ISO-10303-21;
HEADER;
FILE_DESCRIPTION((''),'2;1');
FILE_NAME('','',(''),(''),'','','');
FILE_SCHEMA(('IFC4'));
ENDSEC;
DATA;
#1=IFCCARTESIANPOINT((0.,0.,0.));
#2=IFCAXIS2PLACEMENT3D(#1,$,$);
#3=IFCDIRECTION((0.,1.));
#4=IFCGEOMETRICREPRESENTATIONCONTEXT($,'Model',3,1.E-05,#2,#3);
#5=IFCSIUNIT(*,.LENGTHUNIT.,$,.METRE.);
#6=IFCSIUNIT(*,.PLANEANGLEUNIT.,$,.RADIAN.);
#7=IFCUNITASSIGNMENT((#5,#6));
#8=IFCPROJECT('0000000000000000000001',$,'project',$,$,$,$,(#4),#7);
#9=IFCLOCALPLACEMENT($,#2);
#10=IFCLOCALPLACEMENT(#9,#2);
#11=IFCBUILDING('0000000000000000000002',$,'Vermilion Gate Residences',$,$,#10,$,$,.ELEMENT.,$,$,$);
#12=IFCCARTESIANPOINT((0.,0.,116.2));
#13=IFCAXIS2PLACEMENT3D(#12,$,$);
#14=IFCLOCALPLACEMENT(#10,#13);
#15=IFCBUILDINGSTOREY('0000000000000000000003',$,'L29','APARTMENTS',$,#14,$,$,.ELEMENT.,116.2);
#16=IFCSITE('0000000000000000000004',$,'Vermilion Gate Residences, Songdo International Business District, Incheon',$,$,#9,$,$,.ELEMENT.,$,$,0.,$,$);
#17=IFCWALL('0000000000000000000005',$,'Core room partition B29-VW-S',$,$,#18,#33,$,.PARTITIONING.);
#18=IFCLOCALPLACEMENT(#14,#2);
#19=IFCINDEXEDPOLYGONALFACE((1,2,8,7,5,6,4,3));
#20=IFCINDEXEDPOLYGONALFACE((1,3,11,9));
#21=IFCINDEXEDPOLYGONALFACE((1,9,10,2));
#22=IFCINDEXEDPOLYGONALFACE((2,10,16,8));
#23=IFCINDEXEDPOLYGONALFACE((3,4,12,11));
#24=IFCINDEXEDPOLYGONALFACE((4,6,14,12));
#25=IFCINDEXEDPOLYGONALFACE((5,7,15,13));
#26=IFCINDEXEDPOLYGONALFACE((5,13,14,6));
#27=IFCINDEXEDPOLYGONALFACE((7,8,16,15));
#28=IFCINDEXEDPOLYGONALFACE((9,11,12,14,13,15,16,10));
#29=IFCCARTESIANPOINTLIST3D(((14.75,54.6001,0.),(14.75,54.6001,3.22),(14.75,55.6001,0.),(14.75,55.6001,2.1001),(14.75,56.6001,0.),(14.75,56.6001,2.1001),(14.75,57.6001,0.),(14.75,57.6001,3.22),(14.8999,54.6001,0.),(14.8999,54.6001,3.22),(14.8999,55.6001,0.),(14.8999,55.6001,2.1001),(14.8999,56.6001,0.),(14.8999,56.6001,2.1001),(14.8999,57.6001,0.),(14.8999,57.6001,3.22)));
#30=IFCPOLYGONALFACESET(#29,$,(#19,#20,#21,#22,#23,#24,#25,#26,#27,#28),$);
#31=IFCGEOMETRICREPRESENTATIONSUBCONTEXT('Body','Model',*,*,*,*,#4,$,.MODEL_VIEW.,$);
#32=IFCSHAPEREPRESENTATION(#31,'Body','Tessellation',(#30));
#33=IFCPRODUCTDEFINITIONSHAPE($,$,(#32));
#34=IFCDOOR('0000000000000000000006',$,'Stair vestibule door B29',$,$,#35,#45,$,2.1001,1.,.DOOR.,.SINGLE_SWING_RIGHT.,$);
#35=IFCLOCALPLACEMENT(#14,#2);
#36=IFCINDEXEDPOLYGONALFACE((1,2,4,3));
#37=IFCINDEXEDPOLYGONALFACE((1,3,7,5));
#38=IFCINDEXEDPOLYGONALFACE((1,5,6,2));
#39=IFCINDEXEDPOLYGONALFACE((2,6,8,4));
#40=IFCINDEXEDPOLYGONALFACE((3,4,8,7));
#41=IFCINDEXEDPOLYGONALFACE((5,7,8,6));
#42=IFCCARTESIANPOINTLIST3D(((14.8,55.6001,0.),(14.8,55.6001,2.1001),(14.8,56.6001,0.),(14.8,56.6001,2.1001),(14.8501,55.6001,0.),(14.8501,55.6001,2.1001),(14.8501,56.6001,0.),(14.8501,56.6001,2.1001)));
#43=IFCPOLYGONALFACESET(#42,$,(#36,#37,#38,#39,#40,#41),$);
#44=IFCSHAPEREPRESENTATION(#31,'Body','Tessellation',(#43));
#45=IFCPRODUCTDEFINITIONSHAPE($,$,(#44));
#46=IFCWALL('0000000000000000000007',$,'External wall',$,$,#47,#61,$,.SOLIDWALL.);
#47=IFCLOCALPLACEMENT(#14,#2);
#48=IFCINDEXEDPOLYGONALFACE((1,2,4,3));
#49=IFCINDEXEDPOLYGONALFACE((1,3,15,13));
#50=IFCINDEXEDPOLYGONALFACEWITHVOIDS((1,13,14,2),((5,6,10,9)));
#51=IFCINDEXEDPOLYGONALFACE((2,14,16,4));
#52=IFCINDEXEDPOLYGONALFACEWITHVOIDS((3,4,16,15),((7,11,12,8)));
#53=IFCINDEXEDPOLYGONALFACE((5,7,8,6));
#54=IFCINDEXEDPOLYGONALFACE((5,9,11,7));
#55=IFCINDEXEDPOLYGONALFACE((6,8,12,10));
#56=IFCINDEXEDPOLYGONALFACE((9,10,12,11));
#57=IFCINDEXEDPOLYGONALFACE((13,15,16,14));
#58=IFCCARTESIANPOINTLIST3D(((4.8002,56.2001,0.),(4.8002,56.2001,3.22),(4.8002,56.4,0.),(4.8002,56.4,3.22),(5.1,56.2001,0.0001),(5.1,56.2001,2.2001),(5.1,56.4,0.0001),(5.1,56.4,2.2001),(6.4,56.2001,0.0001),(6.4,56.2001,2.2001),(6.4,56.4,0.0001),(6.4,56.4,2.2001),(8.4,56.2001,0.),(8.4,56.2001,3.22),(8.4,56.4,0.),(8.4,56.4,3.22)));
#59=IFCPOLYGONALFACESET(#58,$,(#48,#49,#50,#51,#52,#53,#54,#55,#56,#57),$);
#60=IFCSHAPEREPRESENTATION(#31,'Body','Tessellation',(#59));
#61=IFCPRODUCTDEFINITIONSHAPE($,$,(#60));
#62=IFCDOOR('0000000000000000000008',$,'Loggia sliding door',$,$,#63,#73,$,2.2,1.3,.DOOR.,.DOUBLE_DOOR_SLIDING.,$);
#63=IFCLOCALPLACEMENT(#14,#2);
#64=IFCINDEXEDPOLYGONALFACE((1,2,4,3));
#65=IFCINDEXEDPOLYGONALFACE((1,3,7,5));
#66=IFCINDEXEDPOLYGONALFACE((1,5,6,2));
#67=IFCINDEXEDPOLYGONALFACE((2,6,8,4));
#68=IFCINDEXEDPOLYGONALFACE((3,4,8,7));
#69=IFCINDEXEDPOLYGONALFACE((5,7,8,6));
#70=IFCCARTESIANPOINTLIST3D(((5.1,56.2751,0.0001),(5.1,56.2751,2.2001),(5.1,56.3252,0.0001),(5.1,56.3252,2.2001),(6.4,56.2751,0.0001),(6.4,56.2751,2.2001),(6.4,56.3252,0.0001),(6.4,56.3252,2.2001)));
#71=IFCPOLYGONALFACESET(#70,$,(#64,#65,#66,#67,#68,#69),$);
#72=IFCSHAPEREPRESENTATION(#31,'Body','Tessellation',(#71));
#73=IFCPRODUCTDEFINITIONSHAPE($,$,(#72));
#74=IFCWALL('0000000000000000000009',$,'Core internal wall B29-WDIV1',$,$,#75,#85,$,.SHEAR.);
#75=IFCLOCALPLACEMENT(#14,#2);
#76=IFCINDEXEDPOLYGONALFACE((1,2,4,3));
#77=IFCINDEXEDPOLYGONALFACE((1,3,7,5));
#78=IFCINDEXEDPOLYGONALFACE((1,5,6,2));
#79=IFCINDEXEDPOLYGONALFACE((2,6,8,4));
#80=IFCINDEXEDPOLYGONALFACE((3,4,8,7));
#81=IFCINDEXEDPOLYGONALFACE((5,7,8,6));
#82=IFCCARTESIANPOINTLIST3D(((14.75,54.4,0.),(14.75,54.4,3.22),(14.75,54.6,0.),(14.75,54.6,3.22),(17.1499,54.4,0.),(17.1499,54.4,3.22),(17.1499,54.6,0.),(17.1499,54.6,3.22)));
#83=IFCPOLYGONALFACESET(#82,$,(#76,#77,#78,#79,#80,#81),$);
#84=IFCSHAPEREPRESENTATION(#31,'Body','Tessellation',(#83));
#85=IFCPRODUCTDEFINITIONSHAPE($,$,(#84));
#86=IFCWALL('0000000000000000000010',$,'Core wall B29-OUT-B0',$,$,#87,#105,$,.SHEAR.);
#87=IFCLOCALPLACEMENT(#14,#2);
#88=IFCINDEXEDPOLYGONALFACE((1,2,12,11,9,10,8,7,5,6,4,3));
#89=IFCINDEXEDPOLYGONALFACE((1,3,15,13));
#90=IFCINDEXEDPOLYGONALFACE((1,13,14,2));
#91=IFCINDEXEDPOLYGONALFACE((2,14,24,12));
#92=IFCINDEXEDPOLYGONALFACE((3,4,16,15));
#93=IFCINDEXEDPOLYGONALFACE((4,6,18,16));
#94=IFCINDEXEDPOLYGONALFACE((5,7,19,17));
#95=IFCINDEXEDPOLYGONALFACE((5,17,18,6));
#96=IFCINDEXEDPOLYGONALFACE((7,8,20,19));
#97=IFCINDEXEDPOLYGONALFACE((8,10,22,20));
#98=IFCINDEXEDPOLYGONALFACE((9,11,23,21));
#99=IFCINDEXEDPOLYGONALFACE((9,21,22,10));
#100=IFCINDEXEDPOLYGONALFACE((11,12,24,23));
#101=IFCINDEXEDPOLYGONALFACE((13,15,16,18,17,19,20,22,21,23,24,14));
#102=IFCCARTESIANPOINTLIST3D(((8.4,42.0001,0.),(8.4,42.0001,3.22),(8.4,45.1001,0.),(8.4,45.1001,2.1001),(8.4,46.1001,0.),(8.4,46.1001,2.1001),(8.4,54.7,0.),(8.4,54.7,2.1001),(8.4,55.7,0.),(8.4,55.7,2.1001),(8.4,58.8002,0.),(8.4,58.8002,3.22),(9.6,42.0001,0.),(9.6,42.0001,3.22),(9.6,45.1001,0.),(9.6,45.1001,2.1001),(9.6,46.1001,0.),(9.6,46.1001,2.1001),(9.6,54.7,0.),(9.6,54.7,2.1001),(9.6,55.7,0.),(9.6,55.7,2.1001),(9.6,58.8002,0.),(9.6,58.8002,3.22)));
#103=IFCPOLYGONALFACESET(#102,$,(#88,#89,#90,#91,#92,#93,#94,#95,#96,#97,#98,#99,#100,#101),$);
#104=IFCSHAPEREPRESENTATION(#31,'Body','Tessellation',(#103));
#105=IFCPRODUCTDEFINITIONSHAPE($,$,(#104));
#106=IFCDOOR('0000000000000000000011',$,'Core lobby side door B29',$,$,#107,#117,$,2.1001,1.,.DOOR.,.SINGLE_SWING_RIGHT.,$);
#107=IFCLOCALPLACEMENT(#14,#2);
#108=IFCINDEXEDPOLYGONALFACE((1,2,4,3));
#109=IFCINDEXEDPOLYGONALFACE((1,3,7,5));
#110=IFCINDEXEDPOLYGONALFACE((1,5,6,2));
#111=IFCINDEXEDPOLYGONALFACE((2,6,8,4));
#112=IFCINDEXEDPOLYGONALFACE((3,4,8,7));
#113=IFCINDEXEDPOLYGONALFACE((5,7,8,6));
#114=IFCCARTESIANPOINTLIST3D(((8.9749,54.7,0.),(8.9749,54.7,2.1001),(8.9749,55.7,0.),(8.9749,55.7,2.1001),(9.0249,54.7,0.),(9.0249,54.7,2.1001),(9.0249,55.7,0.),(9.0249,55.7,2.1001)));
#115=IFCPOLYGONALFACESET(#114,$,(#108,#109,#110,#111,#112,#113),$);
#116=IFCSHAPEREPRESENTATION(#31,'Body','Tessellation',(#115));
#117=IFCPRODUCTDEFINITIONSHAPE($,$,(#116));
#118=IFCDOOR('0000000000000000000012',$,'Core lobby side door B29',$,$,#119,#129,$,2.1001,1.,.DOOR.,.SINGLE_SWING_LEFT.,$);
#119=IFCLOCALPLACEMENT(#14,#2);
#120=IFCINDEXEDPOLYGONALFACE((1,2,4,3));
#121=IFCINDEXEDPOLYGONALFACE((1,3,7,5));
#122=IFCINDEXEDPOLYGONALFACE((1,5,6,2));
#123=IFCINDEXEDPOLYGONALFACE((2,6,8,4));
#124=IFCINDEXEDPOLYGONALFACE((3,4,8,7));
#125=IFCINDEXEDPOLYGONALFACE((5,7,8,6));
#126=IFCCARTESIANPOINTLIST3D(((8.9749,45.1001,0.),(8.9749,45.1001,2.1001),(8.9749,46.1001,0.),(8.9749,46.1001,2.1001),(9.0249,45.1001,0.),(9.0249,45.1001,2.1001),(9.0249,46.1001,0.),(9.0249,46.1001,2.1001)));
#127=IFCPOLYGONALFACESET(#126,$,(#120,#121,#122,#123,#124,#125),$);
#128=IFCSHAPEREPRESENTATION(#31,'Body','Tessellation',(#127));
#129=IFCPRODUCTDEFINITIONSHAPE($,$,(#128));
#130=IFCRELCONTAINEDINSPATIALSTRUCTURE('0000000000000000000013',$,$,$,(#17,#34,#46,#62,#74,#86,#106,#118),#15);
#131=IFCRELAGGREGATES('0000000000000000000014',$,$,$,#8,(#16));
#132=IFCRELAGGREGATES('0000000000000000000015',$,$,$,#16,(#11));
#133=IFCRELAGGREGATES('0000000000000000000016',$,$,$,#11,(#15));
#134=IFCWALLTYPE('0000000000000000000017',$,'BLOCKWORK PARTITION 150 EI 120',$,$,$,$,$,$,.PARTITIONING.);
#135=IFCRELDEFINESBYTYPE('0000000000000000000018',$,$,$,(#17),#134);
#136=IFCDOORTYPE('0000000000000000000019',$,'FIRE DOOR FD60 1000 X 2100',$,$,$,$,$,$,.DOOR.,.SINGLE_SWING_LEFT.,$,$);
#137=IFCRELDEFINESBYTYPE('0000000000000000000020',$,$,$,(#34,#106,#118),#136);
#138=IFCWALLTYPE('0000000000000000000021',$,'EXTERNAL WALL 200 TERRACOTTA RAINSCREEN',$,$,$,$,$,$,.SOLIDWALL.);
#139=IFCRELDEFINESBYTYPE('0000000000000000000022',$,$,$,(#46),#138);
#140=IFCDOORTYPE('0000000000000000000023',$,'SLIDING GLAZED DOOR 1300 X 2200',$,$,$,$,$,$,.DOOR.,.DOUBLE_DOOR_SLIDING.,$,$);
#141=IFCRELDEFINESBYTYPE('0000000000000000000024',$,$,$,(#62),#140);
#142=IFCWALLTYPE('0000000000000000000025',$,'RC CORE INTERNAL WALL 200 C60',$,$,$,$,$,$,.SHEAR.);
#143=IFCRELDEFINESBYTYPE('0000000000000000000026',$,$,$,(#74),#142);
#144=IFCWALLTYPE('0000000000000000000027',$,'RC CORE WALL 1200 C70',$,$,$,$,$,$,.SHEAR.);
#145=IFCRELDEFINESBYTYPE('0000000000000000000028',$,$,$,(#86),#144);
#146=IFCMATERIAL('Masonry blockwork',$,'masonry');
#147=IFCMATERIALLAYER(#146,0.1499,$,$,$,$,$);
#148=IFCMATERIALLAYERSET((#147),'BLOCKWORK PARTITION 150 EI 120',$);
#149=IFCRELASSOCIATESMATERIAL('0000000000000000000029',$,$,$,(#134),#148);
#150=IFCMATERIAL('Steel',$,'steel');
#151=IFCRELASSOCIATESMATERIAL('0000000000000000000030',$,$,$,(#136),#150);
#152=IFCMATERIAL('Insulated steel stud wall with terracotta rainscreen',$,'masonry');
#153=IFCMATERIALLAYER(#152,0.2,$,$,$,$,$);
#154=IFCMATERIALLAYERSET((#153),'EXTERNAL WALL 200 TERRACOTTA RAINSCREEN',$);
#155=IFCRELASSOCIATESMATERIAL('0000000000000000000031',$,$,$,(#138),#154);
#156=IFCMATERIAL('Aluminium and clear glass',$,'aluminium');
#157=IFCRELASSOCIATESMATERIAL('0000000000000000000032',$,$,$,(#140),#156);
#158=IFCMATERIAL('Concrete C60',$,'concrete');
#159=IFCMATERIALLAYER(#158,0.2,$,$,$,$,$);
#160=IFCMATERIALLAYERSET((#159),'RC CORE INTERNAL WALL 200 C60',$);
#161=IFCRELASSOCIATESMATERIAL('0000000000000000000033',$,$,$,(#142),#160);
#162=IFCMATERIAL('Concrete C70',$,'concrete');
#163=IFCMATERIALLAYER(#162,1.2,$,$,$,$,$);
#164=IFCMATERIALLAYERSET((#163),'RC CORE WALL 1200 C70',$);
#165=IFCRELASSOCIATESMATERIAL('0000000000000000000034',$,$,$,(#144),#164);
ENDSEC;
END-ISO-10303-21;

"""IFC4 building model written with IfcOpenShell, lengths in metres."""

from ifc_helpers import new_model, si_unit, direction, frame, frame_2d, origin, place, context, subcontext, project, spatial, rectangle, extrude, material, layer, layer_set, type_object, element, fill, save


model = new_model("IFC4")

# Units and contexts
model_context = context("Model", 3, precision=1e-05, world=origin(), true_north=direction((0.0, 1.0)))
body_context = subcontext(model_context, "Body", "Model", "MODEL_VIEW")
ifc_project = project(units=[si_unit("LENGTHUNIT", "METRE"), si_unit("PLANEANGLEUNIT", "RADIAN")], contexts=[model_context])

# Site, building, storey
site_placement = place(None, origin())
site = spatial("IfcSite", under=ifc_project, at=site_placement, Name="Vermilion Gate Residences, Songdo International Business District, Incheon", CompositionType="ELEMENT", RefElevation=0.0)
building_placement = place(site_placement, origin())
building = spatial("IfcBuilding", under=site, at=building_placement, Name="Vermilion Gate Residences", CompositionType="ELEMENT")
storey_placement = place(building_placement, frame((0.0, 0.0, 116.2)))
storey = spatial("IfcBuildingStorey", under=building, at=storey_placement, Name="L29", Description="APARTMENTS", CompositionType="ELEMENT", Elevation=116.2)

# Walls, openings, doors
ifc_material_1 = material(Name="Masonry blockwork", Category="masonry")
ifc_layer_1 = layer(ifc_material_1, 0.1499)
ifc_layer_set_1 = layer_set([ifc_layer_1], Name="BLOCKWORK PARTITION 150 EI 120")
wall_type_1 = type_object("IfcWallType", Name="BLOCKWORK PARTITION 150 EI 120", PredefinedType="PARTITIONING", material=ifc_layer_set_1)
wall_1_placement = place(storey_placement, frame((14.825, 57.6001, 0.0), z_axis=(0.0, 0.0, 1.0), x_axis=(0.0, -1.0, 0.0)))
wall_1 = element("IfcWall", 1, at=wall_1_placement, inside=storey, type_object=wall_type_1, Name="Core room partition B29-VW-S", PredefinedType="PARTITIONING", context=body_context, shape_type="SweptSolid", body=[
    extrude(rectangle(XDim=3.0, YDim=0.1499, at=frame_2d((1.5, 0.0))), origin(), (0.0, 0.0, 1.0), 3.22),
])
opening_1_placement = place(wall_1_placement, frame((1.0, 0.0, 0.0)))
opening_1 = element("IfcOpeningElement", 2, at=opening_1_placement, cuts=wall_1, PredefinedType="OPENING", context=body_context, shape_type="SweptSolid", body=[
    extrude(rectangle(XDim=1.0, YDim=2.1001, at=frame_2d((0.5, 1.05))), frame((0.0, 0.085, 0.0), z_axis=(0.0, -1.0, 0.0), x_axis=(1.0, 0.0, 0.0)), (0.0, 0.0, 1.0), 0.1699),
])
ifc_material_2 = material(Name="Steel", Category="steel")
door_type_1 = type_object("IfcDoorType", Name="FIRE DOOR FD60 1000 X 2100", OperationType="SINGLE_SWING_LEFT", PredefinedType="DOOR", material=ifc_material_2)
door_1_placement = place(opening_1_placement, frame((1.0, 0.0, 0.0), z_axis=(0.0, 0.0, 1.0), x_axis=(-1.0, 0.0, 0.0)))
door_1 = element("IfcDoor", 3, at=door_1_placement, inside=storey, type_object=door_type_1, Name="Stair vestibule door B29", OperationType="SINGLE_SWING_RIGHT", OverallHeight=2.1001, OverallWidth=1.0, PredefinedType="DOOR", context=body_context, shape_type="SweptSolid", body=[
    extrude(rectangle(XDim=1.0, YDim=2.1001, at=frame_2d((0.5, 1.05))), frame((0.0, 0.0249, 0.0), z_axis=(0.0, -1.0, 0.0), x_axis=(1.0, 0.0, 0.0)), (0.0, 0.0, 1.0), 0.05),
])
fill(opening_1, door_1)
ifc_material_3 = material(Name="Insulated steel stud wall with terracotta rainscreen", Category="masonry")
ifc_layer_2 = layer(ifc_material_3, 0.2)
ifc_layer_set_2 = layer_set([ifc_layer_2], Name="EXTERNAL WALL 200 TERRACOTTA RAINSCREEN")
wall_type_2 = type_object("IfcWallType", Name="EXTERNAL WALL 200 TERRACOTTA RAINSCREEN", PredefinedType="SOLIDWALL", material=ifc_layer_set_2)
wall_2_placement = place(storey_placement, frame((8.3999, 56.3, 0.0), z_axis=(0.0, 0.0, 1.0), x_axis=(-1.0, 0.0, 0.0)))
wall_2 = element("IfcWall", 4, at=wall_2_placement, inside=storey, type_object=wall_type_2, Name="External wall", PredefinedType="SOLIDWALL", context=body_context, shape_type="SweptSolid", body=[
    extrude(rectangle(XDim=3.5999, YDim=0.2, at=frame_2d((1.7998, 0.0))), origin(), (0.0, 0.0, 1.0), 3.22),
])
opening_2_placement = place(wall_2_placement, frame((2.0, 0.0, 0.0)))
opening_2 = element("IfcOpeningElement", 5, at=opening_2_placement, cuts=wall_2, PredefinedType="OPENING", context=body_context, shape_type="SweptSolid", body=[
    extrude(rectangle(XDim=1.3, YDim=2.2, at=frame_2d((0.6499, 1.1001))), frame((0.0, 0.1099, 0.0), z_axis=(0.0, -1.0, 0.0), x_axis=(1.0, 0.0, 0.0)), (0.0, 0.0, 1.0), 0.22),
])
ifc_material_4 = material(Name="Aluminium and clear glass", Category="aluminium")
door_type_2 = type_object("IfcDoorType", Name="SLIDING GLAZED DOOR 1300 X 2200", OperationType="DOUBLE_DOOR_SLIDING", PredefinedType="DOOR", material=ifc_material_4)
door_2_placement = place(opening_2_placement, origin())
door_2 = element("IfcDoor", 6, at=door_2_placement, inside=storey, type_object=door_type_2, Name="Loggia sliding door", OperationType="DOUBLE_DOOR_SLIDING", OverallHeight=2.2, OverallWidth=1.3, PredefinedType="DOOR", context=body_context, shape_type="SweptSolid", body=[
    extrude(rectangle(XDim=1.3, YDim=2.2, at=frame_2d((0.6499, 1.1001))), frame((0.0, 0.0249, 0.0), z_axis=(0.0, -1.0, 0.0), x_axis=(1.0, 0.0, 0.0)), (0.0, 0.0, 1.0), 0.05),
])
fill(opening_2, door_2)

# Wall
ifc_material_5 = material(Name="Concrete C60", Category="concrete")
ifc_layer_3 = layer(ifc_material_5, 0.2)
ifc_layer_set_3 = layer_set([ifc_layer_3], Name="RC CORE INTERNAL WALL 200 C60")
wall_type_3 = type_object("IfcWallType", Name="RC CORE INTERNAL WALL 200 C60", PredefinedType="SHEAR", material=ifc_layer_set_3)
wall_3_placement = place(storey_placement, frame((14.75, 54.5, 0.0), z_axis=(0.0, 0.0, 1.0), x_axis=(1.0, 0.0, 0.0)))
element("IfcWall", 7, at=wall_3_placement, inside=storey, type_object=wall_type_3, Name="Core internal wall B29-WDIV1", PredefinedType="SHEAR", context=body_context, shape_type="SweptSolid", body=[
    extrude(rectangle(XDim=2.3999, YDim=0.2, at=frame_2d((1.2, 0.0))), origin(), (0.0, 0.0, 1.0), 3.22),
])

# Wall, openings, doors
ifc_material_6 = material(Name="Concrete C70", Category="concrete")
ifc_layer_4 = layer(ifc_material_6, 1.2)
ifc_layer_set_4 = layer_set([ifc_layer_4], Name="RC CORE WALL 1200 C70")
wall_type_4 = type_object("IfcWallType", Name="RC CORE WALL 1200 C70", PredefinedType="SHEAR", material=ifc_layer_set_4)
wall_4_placement = place(storey_placement, frame((9.0, 58.8, 0.0), z_axis=(0.0, 0.0, 1.0), x_axis=(0.0, -1.0, 0.0)))
wall_4 = element("IfcWall", 8, at=wall_4_placement, inside=storey, type_object=wall_type_4, Name="Core wall B29-OUT-B0", PredefinedType="SHEAR", context=body_context, shape_type="SweptSolid", body=[
    extrude(rectangle(XDim=16.8, YDim=1.2, at=frame_2d((8.3999, 0.0))), origin(), (0.0, 0.0, 1.0), 3.22),
])
opening_3_placement = place(wall_4_placement, frame((3.1001, 0.0, 0.0)))
opening_3 = element("IfcOpeningElement", 9, at=opening_3_placement, cuts=wall_4, PredefinedType="OPENING", context=body_context, shape_type="SweptSolid", body=[
    extrude(rectangle(XDim=1.0, YDim=2.1001, at=frame_2d((0.5, 1.05))), frame((0.0, 0.6099, 0.0), z_axis=(0.0, -1.0, 0.0), x_axis=(1.0, 0.0, 0.0)), (0.0, 0.0, 1.0), 1.22),
])
opening_4_placement = place(wall_4_placement, frame((12.7, 0.0, 0.0)))
opening_4 = element("IfcOpeningElement", 10, at=opening_4_placement, cuts=wall_4, PredefinedType="OPENING", context=body_context, shape_type="SweptSolid", body=[
    extrude(rectangle(XDim=1.0, YDim=2.1001, at=frame_2d((0.5, 1.05))), frame((0.0, 0.6099, 0.0), z_axis=(0.0, -1.0, 0.0), x_axis=(1.0, 0.0, 0.0)), (0.0, 0.0, 1.0), 1.22),
])
door_3_placement = place(opening_3_placement, origin())
door_3 = element("IfcDoor", 11, at=door_3_placement, inside=storey, type_object=door_type_1, Name="Core lobby side door B29", OperationType="SINGLE_SWING_RIGHT", OverallHeight=2.1001, OverallWidth=1.0, PredefinedType="DOOR", context=body_context, shape_type="SweptSolid", body=[
    extrude(rectangle(XDim=1.0, YDim=2.1001, at=frame_2d((0.5, 1.05))), frame((0.0, 0.0249, 0.0), z_axis=(0.0, -1.0, 0.0), x_axis=(1.0, 0.0, 0.0)), (0.0, 0.0, 1.0), 0.05),
])
fill(opening_3, door_3)
door_4_placement = place(opening_4_placement, origin())
door_4 = element("IfcDoor", 12, at=door_4_placement, inside=storey, type_object=door_type_1, Name="Core lobby side door B29", OperationType="SINGLE_SWING_LEFT", OverallHeight=2.1001, OverallWidth=1.0, PredefinedType="DOOR", context=body_context, shape_type="SweptSolid", body=[
    extrude(rectangle(XDim=1.0, YDim=2.1001, at=frame_2d((0.5, 1.05))), frame((0.0, 0.0249, 0.0), z_axis=(0.0, -1.0, 0.0), x_axis=(1.0, 0.0, 0.0)), (0.0, 0.0, 1.0), 0.05),
])
fill(opening_4, door_4)

save(model, "model.ifc")
